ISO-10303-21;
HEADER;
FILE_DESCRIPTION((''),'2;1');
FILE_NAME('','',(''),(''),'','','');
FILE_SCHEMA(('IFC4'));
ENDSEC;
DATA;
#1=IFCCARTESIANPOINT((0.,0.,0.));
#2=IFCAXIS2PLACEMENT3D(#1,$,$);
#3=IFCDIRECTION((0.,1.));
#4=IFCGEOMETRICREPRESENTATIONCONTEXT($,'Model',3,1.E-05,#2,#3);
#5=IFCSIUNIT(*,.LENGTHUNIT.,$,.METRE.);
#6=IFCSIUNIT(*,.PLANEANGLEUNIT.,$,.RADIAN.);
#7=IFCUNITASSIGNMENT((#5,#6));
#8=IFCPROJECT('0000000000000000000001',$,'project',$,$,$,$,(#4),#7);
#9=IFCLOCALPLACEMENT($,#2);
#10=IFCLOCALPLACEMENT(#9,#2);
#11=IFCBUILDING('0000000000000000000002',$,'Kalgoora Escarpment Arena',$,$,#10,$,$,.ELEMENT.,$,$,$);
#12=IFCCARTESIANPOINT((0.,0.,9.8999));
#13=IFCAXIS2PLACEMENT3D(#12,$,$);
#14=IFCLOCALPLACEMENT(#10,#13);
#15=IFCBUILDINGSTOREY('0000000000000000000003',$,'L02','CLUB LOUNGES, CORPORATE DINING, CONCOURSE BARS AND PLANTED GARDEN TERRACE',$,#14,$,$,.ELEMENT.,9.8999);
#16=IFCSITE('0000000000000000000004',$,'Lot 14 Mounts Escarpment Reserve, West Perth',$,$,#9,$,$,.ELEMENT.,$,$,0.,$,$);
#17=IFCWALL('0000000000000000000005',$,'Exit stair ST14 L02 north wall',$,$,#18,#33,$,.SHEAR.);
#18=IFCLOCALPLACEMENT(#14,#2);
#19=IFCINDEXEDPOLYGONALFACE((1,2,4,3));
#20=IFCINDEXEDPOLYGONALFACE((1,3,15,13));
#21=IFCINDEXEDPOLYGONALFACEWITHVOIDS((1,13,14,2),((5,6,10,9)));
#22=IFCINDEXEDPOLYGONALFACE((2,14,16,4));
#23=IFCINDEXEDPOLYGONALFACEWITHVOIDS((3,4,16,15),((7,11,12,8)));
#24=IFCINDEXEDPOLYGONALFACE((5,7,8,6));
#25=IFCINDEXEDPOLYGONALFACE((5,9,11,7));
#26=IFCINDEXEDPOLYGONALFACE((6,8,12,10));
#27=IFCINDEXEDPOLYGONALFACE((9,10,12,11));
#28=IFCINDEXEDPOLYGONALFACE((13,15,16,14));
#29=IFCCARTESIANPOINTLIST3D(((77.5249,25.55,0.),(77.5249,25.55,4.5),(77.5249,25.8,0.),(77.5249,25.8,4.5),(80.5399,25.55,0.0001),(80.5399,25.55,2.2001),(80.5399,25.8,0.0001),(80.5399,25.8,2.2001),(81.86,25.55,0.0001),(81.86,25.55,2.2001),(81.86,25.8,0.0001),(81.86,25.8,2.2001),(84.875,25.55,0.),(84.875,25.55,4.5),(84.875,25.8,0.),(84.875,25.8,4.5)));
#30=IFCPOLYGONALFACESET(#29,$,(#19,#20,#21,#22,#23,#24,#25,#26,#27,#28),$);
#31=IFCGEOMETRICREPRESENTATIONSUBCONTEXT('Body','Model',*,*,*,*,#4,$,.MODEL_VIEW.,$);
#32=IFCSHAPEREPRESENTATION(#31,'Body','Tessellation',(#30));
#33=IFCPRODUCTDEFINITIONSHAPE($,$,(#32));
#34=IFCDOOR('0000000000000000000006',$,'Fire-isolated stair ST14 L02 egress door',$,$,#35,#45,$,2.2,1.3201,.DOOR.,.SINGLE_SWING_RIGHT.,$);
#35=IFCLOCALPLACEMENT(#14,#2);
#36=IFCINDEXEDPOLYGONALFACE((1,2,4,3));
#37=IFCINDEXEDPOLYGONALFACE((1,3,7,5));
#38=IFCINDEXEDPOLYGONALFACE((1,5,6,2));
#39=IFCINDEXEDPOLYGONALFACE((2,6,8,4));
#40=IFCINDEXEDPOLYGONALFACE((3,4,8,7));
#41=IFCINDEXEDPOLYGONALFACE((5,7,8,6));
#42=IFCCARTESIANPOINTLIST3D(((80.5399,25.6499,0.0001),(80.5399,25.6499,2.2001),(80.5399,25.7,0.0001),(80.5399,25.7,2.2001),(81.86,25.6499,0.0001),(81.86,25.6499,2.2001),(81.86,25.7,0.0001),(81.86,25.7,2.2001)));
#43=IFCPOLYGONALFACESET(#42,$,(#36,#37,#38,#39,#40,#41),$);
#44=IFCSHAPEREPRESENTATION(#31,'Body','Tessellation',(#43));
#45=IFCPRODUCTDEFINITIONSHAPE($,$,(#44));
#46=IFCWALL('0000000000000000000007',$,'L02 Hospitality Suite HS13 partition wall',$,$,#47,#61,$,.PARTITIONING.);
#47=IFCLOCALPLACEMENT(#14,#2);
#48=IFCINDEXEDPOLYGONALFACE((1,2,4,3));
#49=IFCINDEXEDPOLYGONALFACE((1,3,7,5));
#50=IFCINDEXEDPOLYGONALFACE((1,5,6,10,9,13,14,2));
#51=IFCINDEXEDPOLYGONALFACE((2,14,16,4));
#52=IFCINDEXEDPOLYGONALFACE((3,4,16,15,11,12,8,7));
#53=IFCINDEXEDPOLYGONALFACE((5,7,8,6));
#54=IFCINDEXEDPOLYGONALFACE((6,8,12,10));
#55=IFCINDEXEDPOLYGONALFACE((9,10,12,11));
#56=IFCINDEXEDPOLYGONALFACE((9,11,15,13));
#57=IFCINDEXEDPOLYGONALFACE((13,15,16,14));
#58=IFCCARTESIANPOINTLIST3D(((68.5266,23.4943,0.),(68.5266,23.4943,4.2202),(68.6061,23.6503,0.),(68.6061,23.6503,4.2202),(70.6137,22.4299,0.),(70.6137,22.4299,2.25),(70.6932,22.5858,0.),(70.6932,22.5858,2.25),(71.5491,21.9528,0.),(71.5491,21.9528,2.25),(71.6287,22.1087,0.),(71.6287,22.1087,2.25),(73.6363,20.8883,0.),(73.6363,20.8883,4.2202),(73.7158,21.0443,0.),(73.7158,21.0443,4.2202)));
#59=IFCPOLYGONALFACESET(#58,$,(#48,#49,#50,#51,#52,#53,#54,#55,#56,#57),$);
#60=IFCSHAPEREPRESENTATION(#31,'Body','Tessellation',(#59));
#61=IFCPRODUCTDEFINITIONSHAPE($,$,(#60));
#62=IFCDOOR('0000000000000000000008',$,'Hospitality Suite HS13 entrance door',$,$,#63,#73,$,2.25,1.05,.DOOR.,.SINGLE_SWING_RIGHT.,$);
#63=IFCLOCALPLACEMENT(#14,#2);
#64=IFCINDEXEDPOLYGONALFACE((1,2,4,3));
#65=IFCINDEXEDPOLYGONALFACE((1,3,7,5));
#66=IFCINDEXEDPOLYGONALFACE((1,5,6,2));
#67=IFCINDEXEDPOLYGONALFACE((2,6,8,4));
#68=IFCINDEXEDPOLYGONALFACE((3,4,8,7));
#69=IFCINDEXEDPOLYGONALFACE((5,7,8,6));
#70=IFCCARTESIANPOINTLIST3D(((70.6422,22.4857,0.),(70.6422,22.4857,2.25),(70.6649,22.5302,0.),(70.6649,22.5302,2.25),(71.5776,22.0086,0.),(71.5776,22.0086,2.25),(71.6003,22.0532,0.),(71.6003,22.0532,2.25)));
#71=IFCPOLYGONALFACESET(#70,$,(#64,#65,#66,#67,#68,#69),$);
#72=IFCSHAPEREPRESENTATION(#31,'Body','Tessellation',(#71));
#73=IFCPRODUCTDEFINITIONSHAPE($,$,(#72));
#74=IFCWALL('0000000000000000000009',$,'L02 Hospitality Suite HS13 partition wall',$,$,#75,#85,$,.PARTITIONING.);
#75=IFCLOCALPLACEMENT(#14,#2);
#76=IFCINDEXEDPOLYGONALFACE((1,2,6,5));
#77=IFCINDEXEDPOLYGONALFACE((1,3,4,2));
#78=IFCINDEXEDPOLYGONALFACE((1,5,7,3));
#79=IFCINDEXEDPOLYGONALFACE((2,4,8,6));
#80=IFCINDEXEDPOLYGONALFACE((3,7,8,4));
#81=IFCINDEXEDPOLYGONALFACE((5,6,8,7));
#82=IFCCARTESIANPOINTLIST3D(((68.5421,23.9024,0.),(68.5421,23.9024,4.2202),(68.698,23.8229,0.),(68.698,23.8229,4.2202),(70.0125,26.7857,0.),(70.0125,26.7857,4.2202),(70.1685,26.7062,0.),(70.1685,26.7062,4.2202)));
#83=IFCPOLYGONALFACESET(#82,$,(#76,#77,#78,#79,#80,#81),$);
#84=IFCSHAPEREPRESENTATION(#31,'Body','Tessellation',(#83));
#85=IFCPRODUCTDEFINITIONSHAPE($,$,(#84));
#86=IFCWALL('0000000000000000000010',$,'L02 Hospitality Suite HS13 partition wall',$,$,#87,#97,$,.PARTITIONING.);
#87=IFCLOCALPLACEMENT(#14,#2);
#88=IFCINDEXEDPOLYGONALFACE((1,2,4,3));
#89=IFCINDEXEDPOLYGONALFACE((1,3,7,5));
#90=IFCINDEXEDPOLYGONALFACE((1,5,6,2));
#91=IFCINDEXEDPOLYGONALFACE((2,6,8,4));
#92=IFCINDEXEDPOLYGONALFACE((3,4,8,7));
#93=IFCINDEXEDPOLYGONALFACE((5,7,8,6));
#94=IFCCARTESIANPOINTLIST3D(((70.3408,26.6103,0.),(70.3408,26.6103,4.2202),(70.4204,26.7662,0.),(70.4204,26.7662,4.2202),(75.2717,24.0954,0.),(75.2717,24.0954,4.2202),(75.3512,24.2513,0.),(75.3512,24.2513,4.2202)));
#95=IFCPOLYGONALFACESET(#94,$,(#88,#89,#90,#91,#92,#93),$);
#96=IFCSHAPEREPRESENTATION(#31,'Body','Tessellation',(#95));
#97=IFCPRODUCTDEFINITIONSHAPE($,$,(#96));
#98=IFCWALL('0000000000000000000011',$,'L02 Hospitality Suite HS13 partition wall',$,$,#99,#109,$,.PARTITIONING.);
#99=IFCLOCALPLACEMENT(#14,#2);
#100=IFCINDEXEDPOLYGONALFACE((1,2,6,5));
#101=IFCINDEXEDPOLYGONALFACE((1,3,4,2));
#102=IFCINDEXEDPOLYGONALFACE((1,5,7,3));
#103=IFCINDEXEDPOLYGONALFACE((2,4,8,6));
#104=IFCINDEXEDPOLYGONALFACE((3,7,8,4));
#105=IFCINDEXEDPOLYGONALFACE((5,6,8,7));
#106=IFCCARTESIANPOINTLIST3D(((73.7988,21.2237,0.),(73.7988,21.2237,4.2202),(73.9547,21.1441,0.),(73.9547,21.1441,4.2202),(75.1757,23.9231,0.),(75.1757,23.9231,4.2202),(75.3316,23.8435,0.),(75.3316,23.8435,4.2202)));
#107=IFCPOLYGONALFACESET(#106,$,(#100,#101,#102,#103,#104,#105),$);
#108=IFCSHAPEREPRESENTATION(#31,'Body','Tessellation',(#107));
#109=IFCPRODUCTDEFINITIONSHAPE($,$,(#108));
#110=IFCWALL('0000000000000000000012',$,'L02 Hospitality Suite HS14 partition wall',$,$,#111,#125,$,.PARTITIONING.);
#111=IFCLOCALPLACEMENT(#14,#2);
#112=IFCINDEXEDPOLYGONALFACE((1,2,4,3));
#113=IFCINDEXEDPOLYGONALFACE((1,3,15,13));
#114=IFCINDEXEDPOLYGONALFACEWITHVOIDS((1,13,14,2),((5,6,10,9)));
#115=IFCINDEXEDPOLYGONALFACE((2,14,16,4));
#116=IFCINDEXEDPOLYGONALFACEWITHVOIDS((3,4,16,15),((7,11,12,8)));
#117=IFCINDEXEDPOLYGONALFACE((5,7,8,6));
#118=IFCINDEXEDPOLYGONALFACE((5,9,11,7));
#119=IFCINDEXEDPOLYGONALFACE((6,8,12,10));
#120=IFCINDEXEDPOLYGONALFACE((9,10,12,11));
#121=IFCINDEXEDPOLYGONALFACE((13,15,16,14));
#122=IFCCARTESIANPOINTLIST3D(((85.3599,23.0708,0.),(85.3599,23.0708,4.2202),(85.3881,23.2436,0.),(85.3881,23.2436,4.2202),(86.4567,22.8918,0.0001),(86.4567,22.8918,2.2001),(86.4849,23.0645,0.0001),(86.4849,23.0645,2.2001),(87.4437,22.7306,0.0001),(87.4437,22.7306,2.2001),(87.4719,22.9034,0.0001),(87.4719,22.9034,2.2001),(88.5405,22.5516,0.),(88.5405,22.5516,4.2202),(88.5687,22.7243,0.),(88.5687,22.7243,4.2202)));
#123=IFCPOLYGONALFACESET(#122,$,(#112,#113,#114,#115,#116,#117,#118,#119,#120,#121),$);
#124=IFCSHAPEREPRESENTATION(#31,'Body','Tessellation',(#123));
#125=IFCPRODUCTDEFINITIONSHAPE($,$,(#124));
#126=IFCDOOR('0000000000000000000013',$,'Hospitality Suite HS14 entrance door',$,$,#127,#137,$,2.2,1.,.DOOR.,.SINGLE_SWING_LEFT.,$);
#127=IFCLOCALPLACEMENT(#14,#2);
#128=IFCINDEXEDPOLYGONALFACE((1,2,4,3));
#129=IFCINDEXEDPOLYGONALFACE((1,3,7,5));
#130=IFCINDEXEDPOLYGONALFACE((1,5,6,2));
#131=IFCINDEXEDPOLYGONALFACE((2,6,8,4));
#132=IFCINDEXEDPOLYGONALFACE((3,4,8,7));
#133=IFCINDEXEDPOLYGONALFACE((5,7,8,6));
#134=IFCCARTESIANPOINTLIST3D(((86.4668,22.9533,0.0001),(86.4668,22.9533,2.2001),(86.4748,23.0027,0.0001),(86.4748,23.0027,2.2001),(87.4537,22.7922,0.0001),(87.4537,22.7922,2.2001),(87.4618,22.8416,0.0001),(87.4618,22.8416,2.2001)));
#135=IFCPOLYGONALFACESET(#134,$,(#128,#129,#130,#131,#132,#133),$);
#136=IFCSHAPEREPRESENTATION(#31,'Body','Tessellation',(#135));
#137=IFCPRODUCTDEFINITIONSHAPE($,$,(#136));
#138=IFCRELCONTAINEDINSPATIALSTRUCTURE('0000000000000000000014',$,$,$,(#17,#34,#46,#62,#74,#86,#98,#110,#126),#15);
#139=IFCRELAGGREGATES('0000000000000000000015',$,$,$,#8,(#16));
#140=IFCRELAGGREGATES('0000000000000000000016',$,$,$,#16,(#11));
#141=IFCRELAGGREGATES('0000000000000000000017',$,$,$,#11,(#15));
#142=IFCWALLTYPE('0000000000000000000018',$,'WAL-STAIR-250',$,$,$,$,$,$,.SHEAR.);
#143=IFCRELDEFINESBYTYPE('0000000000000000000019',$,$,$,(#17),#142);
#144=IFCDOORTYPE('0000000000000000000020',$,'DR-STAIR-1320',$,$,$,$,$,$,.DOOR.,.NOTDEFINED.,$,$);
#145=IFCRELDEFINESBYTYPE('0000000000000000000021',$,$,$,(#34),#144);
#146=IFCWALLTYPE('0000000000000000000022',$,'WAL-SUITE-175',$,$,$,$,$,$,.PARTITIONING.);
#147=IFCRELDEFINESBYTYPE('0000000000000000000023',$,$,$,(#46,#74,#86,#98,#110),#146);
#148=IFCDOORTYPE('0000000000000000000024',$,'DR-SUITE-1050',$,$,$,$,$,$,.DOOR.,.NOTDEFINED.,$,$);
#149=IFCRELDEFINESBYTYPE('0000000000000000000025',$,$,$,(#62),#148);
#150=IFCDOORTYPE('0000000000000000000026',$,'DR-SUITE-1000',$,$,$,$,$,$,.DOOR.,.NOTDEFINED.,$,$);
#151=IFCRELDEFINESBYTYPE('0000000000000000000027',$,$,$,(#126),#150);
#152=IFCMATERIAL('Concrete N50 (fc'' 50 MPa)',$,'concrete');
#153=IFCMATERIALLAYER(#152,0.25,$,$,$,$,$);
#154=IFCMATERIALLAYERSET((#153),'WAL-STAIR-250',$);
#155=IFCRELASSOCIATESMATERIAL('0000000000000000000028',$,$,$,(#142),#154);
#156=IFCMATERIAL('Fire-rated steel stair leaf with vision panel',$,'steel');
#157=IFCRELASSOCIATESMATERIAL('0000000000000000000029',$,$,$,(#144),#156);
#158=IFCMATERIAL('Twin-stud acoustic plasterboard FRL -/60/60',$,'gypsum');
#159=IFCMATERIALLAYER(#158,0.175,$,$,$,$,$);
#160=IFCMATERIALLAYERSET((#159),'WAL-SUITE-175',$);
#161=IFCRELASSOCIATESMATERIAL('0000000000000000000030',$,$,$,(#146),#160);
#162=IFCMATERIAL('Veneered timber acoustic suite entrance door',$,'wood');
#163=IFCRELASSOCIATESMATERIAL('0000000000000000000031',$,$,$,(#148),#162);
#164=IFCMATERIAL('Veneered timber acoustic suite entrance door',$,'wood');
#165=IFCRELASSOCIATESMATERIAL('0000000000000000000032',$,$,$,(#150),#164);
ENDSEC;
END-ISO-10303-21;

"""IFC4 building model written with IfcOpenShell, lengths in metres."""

from ifc_helpers import new_model, si_unit, direction, frame, frame_2d, origin, place, context, subcontext, project, spatial, rectangle, extrude, material, layer, layer_set, type_object, element, fill, save


model = new_model("IFC4")

# Units and contexts
model_context = context("Model", 3, precision=1e-05, world=origin(), true_north=direction((0.0, 1.0)))
body_context = subcontext(model_context, "Body", "Model", "MODEL_VIEW")
ifc_project = project(units=[si_unit("LENGTHUNIT", "METRE"), si_unit("PLANEANGLEUNIT", "RADIAN")], contexts=[model_context])

# Site, building, storey
site_placement = place(None, origin())
site = spatial("IfcSite", under=ifc_project, at=site_placement, Name="Lot 14 Mounts Escarpment Reserve, West Perth", CompositionType="ELEMENT", RefElevation=0.0)
building_placement = place(site_placement, origin())
building = spatial("IfcBuilding", under=site, at=building_placement, Name="Kalgoora Escarpment Arena", CompositionType="ELEMENT")
storey_placement = place(building_placement, frame((0.0, 0.0, 9.8999)))
storey = spatial("IfcBuildingStorey", under=building, at=storey_placement, Name="L02", Description="CLUB LOUNGES, CORPORATE DINING, CONCOURSE BARS AND PLANTED GARDEN TERRACE", CompositionType="ELEMENT", Elevation=9.8999)

# Shared definitions
ifc_material_1 = material(Name="Concrete N50 (fc' 50 MPa)", Category="concrete")
ifc_layer_1 = layer(ifc_material_1, 0.25)
ifc_layer_set_1 = layer_set([ifc_layer_1], Name="WAL-STAIR-250")
wall_type_1 = type_object("IfcWallType", Name="WAL-STAIR-250", PredefinedType="SHEAR", material=ifc_layer_set_1)

# Walls, openings, doors
wall_1_placement = place(storey_placement, frame((77.5249, 25.675, 0.0), z_axis=(0.0, 0.0, 1.0), x_axis=(1.0, 0.0, 0.0)))
wall_1 = element("IfcWall", 1, at=wall_1_placement, inside=storey, type_object=wall_type_1, Name="Exit stair ST14 L02 north wall", PredefinedType="SHEAR", context=body_context, shape_type="SweptSolid", body=[
    extrude(rectangle(XDim=7.3501, YDim=0.25, at=frame_2d((3.675, 0.0))), origin(), (0.0, 0.0, 1.0), 4.5),
])
opening_1_placement = place(wall_1_placement, frame((3.0149, 0.0, 0.0)))
opening_1 = element("IfcOpeningElement", 2, at=opening_1_placement, cuts=wall_1, PredefinedType="OPENING", context=body_context, shape_type="SweptSolid", body=[
    extrude(rectangle(XDim=1.3201, YDim=2.2, at=frame_2d((0.6602, 1.1001))), frame((0.0, 0.135, 0.0), z_axis=(0.0, -1.0, 0.0), x_axis=(1.0, 0.0, 0.0)), (0.0, 0.0, 1.0), 0.27),
])
ifc_material_2 = material(Name="Fire-rated steel stair leaf with vision panel", Category="steel")
door_type_1 = type_object("IfcDoorType", Name="DR-STAIR-1320", OperationType="NOTDEFINED", PredefinedType="DOOR", material=ifc_material_2)
door_1_placement = place(opening_1_placement, origin())
door_1 = element("IfcDoor", 3, at=door_1_placement, inside=storey, type_object=door_type_1, Name="Fire-isolated stair ST14 L02 egress door", OperationType="SINGLE_SWING_RIGHT", OverallHeight=2.2, OverallWidth=1.3201, PredefinedType="DOOR", context=body_context, shape_type="SweptSolid", body=[
    extrude(rectangle(XDim=1.3201, YDim=2.2, at=frame_2d((0.6602, 1.1001))), frame((0.0, 0.0249, 0.0), z_axis=(0.0, -1.0, 0.0), x_axis=(1.0, 0.0, 0.0)), (0.0, 0.0, 1.0), 0.05),
])
fill(opening_1, door_1)
ifc_material_3 = material(Name="Twin-stud acoustic plasterboard FRL -/60/60", Category="gypsum")
ifc_layer_2 = layer(ifc_material_3, 0.175)
ifc_layer_set_2 = layer_set([ifc_layer_2], Name="WAL-SUITE-175")
wall_type_2 = type_object("IfcWallType", Name="WAL-SUITE-175", PredefinedType="PARTITIONING", material=ifc_layer_set_2)
wall_2_placement = place(storey_placement, frame((73.676, 20.9663, 0.0), z_axis=(0.0, 0.0, 1.0), x_axis=(-0.890832, 0.454333, 0.0)))
wall_2 = element("IfcWall", 4, at=wall_2_placement, inside=storey, type_object=wall_type_2, Name="L02 Hospitality Suite HS13 partition wall", PredefinedType="PARTITIONING", context=body_context, shape_type="SweptSolid", body=[
    extrude(rectangle(XDim=5.7358, YDim=0.175, at=frame_2d((2.8679, 0.0))), origin(), (0.0, 0.0, 1.0), 4.2202),
])
opening_2_placement = place(wall_2_placement, frame((2.343, 0.0, 0.0)))
opening_2 = element("IfcOpeningElement", 5, at=opening_2_placement, cuts=wall_2, PredefinedType="OPENING", context=body_context, shape_type="SweptSolid", body=[
    extrude(rectangle(XDim=1.05, YDim=2.25, at=frame_2d((0.5249, 1.125))), frame((0.0, 0.0974, 0.0), z_axis=(0.0, -1.0, 0.0), x_axis=(1.0, 0.0, 0.0)), (0.0, 0.0, 1.0), 0.1951),
])
ifc_material_4 = material(Name="Veneered timber acoustic suite entrance door", Category="wood")
door_type_2 = type_object("IfcDoorType", Name="DR-SUITE-1050", OperationType="NOTDEFINED", PredefinedType="DOOR", material=ifc_material_4)
door_2_placement = place(opening_2_placement, origin())
door_2 = element("IfcDoor", 6, at=door_2_placement, inside=storey, type_object=door_type_2, Name="Hospitality Suite HS13 entrance door", OperationType="SINGLE_SWING_RIGHT", OverallHeight=2.25, OverallWidth=1.05, PredefinedType="DOOR", context=body_context, shape_type="SweptSolid", body=[
    extrude(rectangle(XDim=1.05, YDim=2.25, at=frame_2d((0.5249, 1.125))), frame((0.0, 0.0249, 0.0), z_axis=(0.0, -1.0, 0.0), x_axis=(1.0, 0.0, 0.0)), (0.0, 0.0, 1.0), 0.05),
])
fill(opening_2, door_2)

# Walls
wall_3_placement = place(storey_placement, frame((68.6201, 23.8628, 0.0), z_axis=(0.0, 0.0, 1.0), x_axis=(0.45432, 0.890839, 0.0)))
element("IfcWall", 7, at=wall_3_placement, inside=storey, type_object=wall_type_2, Name="L02 Hospitality Suite HS13 partition wall", PredefinedType="PARTITIONING", context=body_context, shape_type="SweptSolid", body=[
    extrude(rectangle(XDim=3.2366, YDim=0.175, at=frame_2d((1.6182, 0.0))), origin(), (0.0, 0.0, 1.0), 4.2202),
])
wall_4_placement = place(storey_placement, frame((70.3806, 26.6882, 0.0), z_axis=(0.0, 0.0, 1.0), x_axis=(0.890826, -0.454345, 0.0)))
element("IfcWall", 8, at=wall_4_placement, inside=storey, type_object=wall_type_2, Name="L02 Hospitality Suite HS13 partition wall", PredefinedType="PARTITIONING", context=body_context, shape_type="SweptSolid", body=[
    extrude(rectangle(XDim=5.5352, YDim=0.175, at=frame_2d((2.7676, 0.0))), origin(), (0.0, 0.0, 1.0), 4.2202),
])
wall_5_placement = place(storey_placement, frame((75.2537, 23.8833, 0.0), z_axis=(0.0, 0.0, 1.0), x_axis=(-0.454386, -0.890805, 0.0)))
element("IfcWall", 9, at=wall_5_placement, inside=storey, type_object=wall_type_2, Name="L02 Hospitality Suite HS13 partition wall", PredefinedType="PARTITIONING", context=body_context, shape_type="SweptSolid", body=[
    extrude(rectangle(XDim=3.0303, YDim=0.175, at=frame_2d((1.5151, 0.0))), origin(), (0.0, 0.0, 1.0), 4.2202),
])

# Wall, opening, door
wall_6_placement = place(storey_placement, frame((85.374, 23.1572, 0.0), z_axis=(0.0, 0.0, 1.0), x_axis=(0.986933, -0.16113, 0.0)))
wall_6 = element("IfcWall", 10, at=wall_6_placement, inside=storey, type_object=wall_type_2, Name="L02 Hospitality Suite HS14 partition wall", PredefinedType="PARTITIONING", context=body_context, shape_type="SweptSolid", body=[
    extrude(rectangle(XDim=3.2227, YDim=0.175, at=frame_2d((1.6113, 0.0))), origin(), (0.0, 0.0, 1.0), 4.2202),
])
opening_3_placement = place(wall_6_placement, frame((1.1113, 0.0, 0.0)))
opening_3 = element("IfcOpeningElement", 11, at=opening_3_placement, cuts=wall_6, PredefinedType="OPENING", context=body_context, shape_type="SweptSolid", body=[
    extrude(rectangle(XDim=1.0, YDim=2.2, at=frame_2d((0.5, 1.1001))), frame((0.0, 0.0974, 0.0), z_axis=(0.0, -1.0, 0.0), x_axis=(1.0, 0.0, 0.0)), (0.0, 0.0, 1.0), 0.1951),
])
ifc_material_5 = material(Name="Veneered timber acoustic suite entrance door", Category="wood")
door_type_3 = type_object("IfcDoorType", Name="DR-SUITE-1000", OperationType="NOTDEFINED", PredefinedType="DOOR", material=ifc_material_5)
door_3_placement = place(opening_3_placement, origin())
door_3 = element("IfcDoor", 12, at=door_3_placement, inside=storey, type_object=door_type_3, Name="Hospitality Suite HS14 entrance door", OperationType="SINGLE_SWING_LEFT", OverallHeight=2.2, OverallWidth=1.0, PredefinedType="DOOR", context=body_context, shape_type="SweptSolid", body=[
    extrude(rectangle(XDim=1.0, YDim=2.2, at=frame_2d((0.5, 1.1001))), frame((0.0, 0.0249, 0.0), z_axis=(0.0, -1.0, 0.0), x_axis=(1.0, 0.0, 0.0)), (0.0, 0.0, 1.0), 0.05),
])
fill(opening_3, door_3)

save(model, "model.ifc")
